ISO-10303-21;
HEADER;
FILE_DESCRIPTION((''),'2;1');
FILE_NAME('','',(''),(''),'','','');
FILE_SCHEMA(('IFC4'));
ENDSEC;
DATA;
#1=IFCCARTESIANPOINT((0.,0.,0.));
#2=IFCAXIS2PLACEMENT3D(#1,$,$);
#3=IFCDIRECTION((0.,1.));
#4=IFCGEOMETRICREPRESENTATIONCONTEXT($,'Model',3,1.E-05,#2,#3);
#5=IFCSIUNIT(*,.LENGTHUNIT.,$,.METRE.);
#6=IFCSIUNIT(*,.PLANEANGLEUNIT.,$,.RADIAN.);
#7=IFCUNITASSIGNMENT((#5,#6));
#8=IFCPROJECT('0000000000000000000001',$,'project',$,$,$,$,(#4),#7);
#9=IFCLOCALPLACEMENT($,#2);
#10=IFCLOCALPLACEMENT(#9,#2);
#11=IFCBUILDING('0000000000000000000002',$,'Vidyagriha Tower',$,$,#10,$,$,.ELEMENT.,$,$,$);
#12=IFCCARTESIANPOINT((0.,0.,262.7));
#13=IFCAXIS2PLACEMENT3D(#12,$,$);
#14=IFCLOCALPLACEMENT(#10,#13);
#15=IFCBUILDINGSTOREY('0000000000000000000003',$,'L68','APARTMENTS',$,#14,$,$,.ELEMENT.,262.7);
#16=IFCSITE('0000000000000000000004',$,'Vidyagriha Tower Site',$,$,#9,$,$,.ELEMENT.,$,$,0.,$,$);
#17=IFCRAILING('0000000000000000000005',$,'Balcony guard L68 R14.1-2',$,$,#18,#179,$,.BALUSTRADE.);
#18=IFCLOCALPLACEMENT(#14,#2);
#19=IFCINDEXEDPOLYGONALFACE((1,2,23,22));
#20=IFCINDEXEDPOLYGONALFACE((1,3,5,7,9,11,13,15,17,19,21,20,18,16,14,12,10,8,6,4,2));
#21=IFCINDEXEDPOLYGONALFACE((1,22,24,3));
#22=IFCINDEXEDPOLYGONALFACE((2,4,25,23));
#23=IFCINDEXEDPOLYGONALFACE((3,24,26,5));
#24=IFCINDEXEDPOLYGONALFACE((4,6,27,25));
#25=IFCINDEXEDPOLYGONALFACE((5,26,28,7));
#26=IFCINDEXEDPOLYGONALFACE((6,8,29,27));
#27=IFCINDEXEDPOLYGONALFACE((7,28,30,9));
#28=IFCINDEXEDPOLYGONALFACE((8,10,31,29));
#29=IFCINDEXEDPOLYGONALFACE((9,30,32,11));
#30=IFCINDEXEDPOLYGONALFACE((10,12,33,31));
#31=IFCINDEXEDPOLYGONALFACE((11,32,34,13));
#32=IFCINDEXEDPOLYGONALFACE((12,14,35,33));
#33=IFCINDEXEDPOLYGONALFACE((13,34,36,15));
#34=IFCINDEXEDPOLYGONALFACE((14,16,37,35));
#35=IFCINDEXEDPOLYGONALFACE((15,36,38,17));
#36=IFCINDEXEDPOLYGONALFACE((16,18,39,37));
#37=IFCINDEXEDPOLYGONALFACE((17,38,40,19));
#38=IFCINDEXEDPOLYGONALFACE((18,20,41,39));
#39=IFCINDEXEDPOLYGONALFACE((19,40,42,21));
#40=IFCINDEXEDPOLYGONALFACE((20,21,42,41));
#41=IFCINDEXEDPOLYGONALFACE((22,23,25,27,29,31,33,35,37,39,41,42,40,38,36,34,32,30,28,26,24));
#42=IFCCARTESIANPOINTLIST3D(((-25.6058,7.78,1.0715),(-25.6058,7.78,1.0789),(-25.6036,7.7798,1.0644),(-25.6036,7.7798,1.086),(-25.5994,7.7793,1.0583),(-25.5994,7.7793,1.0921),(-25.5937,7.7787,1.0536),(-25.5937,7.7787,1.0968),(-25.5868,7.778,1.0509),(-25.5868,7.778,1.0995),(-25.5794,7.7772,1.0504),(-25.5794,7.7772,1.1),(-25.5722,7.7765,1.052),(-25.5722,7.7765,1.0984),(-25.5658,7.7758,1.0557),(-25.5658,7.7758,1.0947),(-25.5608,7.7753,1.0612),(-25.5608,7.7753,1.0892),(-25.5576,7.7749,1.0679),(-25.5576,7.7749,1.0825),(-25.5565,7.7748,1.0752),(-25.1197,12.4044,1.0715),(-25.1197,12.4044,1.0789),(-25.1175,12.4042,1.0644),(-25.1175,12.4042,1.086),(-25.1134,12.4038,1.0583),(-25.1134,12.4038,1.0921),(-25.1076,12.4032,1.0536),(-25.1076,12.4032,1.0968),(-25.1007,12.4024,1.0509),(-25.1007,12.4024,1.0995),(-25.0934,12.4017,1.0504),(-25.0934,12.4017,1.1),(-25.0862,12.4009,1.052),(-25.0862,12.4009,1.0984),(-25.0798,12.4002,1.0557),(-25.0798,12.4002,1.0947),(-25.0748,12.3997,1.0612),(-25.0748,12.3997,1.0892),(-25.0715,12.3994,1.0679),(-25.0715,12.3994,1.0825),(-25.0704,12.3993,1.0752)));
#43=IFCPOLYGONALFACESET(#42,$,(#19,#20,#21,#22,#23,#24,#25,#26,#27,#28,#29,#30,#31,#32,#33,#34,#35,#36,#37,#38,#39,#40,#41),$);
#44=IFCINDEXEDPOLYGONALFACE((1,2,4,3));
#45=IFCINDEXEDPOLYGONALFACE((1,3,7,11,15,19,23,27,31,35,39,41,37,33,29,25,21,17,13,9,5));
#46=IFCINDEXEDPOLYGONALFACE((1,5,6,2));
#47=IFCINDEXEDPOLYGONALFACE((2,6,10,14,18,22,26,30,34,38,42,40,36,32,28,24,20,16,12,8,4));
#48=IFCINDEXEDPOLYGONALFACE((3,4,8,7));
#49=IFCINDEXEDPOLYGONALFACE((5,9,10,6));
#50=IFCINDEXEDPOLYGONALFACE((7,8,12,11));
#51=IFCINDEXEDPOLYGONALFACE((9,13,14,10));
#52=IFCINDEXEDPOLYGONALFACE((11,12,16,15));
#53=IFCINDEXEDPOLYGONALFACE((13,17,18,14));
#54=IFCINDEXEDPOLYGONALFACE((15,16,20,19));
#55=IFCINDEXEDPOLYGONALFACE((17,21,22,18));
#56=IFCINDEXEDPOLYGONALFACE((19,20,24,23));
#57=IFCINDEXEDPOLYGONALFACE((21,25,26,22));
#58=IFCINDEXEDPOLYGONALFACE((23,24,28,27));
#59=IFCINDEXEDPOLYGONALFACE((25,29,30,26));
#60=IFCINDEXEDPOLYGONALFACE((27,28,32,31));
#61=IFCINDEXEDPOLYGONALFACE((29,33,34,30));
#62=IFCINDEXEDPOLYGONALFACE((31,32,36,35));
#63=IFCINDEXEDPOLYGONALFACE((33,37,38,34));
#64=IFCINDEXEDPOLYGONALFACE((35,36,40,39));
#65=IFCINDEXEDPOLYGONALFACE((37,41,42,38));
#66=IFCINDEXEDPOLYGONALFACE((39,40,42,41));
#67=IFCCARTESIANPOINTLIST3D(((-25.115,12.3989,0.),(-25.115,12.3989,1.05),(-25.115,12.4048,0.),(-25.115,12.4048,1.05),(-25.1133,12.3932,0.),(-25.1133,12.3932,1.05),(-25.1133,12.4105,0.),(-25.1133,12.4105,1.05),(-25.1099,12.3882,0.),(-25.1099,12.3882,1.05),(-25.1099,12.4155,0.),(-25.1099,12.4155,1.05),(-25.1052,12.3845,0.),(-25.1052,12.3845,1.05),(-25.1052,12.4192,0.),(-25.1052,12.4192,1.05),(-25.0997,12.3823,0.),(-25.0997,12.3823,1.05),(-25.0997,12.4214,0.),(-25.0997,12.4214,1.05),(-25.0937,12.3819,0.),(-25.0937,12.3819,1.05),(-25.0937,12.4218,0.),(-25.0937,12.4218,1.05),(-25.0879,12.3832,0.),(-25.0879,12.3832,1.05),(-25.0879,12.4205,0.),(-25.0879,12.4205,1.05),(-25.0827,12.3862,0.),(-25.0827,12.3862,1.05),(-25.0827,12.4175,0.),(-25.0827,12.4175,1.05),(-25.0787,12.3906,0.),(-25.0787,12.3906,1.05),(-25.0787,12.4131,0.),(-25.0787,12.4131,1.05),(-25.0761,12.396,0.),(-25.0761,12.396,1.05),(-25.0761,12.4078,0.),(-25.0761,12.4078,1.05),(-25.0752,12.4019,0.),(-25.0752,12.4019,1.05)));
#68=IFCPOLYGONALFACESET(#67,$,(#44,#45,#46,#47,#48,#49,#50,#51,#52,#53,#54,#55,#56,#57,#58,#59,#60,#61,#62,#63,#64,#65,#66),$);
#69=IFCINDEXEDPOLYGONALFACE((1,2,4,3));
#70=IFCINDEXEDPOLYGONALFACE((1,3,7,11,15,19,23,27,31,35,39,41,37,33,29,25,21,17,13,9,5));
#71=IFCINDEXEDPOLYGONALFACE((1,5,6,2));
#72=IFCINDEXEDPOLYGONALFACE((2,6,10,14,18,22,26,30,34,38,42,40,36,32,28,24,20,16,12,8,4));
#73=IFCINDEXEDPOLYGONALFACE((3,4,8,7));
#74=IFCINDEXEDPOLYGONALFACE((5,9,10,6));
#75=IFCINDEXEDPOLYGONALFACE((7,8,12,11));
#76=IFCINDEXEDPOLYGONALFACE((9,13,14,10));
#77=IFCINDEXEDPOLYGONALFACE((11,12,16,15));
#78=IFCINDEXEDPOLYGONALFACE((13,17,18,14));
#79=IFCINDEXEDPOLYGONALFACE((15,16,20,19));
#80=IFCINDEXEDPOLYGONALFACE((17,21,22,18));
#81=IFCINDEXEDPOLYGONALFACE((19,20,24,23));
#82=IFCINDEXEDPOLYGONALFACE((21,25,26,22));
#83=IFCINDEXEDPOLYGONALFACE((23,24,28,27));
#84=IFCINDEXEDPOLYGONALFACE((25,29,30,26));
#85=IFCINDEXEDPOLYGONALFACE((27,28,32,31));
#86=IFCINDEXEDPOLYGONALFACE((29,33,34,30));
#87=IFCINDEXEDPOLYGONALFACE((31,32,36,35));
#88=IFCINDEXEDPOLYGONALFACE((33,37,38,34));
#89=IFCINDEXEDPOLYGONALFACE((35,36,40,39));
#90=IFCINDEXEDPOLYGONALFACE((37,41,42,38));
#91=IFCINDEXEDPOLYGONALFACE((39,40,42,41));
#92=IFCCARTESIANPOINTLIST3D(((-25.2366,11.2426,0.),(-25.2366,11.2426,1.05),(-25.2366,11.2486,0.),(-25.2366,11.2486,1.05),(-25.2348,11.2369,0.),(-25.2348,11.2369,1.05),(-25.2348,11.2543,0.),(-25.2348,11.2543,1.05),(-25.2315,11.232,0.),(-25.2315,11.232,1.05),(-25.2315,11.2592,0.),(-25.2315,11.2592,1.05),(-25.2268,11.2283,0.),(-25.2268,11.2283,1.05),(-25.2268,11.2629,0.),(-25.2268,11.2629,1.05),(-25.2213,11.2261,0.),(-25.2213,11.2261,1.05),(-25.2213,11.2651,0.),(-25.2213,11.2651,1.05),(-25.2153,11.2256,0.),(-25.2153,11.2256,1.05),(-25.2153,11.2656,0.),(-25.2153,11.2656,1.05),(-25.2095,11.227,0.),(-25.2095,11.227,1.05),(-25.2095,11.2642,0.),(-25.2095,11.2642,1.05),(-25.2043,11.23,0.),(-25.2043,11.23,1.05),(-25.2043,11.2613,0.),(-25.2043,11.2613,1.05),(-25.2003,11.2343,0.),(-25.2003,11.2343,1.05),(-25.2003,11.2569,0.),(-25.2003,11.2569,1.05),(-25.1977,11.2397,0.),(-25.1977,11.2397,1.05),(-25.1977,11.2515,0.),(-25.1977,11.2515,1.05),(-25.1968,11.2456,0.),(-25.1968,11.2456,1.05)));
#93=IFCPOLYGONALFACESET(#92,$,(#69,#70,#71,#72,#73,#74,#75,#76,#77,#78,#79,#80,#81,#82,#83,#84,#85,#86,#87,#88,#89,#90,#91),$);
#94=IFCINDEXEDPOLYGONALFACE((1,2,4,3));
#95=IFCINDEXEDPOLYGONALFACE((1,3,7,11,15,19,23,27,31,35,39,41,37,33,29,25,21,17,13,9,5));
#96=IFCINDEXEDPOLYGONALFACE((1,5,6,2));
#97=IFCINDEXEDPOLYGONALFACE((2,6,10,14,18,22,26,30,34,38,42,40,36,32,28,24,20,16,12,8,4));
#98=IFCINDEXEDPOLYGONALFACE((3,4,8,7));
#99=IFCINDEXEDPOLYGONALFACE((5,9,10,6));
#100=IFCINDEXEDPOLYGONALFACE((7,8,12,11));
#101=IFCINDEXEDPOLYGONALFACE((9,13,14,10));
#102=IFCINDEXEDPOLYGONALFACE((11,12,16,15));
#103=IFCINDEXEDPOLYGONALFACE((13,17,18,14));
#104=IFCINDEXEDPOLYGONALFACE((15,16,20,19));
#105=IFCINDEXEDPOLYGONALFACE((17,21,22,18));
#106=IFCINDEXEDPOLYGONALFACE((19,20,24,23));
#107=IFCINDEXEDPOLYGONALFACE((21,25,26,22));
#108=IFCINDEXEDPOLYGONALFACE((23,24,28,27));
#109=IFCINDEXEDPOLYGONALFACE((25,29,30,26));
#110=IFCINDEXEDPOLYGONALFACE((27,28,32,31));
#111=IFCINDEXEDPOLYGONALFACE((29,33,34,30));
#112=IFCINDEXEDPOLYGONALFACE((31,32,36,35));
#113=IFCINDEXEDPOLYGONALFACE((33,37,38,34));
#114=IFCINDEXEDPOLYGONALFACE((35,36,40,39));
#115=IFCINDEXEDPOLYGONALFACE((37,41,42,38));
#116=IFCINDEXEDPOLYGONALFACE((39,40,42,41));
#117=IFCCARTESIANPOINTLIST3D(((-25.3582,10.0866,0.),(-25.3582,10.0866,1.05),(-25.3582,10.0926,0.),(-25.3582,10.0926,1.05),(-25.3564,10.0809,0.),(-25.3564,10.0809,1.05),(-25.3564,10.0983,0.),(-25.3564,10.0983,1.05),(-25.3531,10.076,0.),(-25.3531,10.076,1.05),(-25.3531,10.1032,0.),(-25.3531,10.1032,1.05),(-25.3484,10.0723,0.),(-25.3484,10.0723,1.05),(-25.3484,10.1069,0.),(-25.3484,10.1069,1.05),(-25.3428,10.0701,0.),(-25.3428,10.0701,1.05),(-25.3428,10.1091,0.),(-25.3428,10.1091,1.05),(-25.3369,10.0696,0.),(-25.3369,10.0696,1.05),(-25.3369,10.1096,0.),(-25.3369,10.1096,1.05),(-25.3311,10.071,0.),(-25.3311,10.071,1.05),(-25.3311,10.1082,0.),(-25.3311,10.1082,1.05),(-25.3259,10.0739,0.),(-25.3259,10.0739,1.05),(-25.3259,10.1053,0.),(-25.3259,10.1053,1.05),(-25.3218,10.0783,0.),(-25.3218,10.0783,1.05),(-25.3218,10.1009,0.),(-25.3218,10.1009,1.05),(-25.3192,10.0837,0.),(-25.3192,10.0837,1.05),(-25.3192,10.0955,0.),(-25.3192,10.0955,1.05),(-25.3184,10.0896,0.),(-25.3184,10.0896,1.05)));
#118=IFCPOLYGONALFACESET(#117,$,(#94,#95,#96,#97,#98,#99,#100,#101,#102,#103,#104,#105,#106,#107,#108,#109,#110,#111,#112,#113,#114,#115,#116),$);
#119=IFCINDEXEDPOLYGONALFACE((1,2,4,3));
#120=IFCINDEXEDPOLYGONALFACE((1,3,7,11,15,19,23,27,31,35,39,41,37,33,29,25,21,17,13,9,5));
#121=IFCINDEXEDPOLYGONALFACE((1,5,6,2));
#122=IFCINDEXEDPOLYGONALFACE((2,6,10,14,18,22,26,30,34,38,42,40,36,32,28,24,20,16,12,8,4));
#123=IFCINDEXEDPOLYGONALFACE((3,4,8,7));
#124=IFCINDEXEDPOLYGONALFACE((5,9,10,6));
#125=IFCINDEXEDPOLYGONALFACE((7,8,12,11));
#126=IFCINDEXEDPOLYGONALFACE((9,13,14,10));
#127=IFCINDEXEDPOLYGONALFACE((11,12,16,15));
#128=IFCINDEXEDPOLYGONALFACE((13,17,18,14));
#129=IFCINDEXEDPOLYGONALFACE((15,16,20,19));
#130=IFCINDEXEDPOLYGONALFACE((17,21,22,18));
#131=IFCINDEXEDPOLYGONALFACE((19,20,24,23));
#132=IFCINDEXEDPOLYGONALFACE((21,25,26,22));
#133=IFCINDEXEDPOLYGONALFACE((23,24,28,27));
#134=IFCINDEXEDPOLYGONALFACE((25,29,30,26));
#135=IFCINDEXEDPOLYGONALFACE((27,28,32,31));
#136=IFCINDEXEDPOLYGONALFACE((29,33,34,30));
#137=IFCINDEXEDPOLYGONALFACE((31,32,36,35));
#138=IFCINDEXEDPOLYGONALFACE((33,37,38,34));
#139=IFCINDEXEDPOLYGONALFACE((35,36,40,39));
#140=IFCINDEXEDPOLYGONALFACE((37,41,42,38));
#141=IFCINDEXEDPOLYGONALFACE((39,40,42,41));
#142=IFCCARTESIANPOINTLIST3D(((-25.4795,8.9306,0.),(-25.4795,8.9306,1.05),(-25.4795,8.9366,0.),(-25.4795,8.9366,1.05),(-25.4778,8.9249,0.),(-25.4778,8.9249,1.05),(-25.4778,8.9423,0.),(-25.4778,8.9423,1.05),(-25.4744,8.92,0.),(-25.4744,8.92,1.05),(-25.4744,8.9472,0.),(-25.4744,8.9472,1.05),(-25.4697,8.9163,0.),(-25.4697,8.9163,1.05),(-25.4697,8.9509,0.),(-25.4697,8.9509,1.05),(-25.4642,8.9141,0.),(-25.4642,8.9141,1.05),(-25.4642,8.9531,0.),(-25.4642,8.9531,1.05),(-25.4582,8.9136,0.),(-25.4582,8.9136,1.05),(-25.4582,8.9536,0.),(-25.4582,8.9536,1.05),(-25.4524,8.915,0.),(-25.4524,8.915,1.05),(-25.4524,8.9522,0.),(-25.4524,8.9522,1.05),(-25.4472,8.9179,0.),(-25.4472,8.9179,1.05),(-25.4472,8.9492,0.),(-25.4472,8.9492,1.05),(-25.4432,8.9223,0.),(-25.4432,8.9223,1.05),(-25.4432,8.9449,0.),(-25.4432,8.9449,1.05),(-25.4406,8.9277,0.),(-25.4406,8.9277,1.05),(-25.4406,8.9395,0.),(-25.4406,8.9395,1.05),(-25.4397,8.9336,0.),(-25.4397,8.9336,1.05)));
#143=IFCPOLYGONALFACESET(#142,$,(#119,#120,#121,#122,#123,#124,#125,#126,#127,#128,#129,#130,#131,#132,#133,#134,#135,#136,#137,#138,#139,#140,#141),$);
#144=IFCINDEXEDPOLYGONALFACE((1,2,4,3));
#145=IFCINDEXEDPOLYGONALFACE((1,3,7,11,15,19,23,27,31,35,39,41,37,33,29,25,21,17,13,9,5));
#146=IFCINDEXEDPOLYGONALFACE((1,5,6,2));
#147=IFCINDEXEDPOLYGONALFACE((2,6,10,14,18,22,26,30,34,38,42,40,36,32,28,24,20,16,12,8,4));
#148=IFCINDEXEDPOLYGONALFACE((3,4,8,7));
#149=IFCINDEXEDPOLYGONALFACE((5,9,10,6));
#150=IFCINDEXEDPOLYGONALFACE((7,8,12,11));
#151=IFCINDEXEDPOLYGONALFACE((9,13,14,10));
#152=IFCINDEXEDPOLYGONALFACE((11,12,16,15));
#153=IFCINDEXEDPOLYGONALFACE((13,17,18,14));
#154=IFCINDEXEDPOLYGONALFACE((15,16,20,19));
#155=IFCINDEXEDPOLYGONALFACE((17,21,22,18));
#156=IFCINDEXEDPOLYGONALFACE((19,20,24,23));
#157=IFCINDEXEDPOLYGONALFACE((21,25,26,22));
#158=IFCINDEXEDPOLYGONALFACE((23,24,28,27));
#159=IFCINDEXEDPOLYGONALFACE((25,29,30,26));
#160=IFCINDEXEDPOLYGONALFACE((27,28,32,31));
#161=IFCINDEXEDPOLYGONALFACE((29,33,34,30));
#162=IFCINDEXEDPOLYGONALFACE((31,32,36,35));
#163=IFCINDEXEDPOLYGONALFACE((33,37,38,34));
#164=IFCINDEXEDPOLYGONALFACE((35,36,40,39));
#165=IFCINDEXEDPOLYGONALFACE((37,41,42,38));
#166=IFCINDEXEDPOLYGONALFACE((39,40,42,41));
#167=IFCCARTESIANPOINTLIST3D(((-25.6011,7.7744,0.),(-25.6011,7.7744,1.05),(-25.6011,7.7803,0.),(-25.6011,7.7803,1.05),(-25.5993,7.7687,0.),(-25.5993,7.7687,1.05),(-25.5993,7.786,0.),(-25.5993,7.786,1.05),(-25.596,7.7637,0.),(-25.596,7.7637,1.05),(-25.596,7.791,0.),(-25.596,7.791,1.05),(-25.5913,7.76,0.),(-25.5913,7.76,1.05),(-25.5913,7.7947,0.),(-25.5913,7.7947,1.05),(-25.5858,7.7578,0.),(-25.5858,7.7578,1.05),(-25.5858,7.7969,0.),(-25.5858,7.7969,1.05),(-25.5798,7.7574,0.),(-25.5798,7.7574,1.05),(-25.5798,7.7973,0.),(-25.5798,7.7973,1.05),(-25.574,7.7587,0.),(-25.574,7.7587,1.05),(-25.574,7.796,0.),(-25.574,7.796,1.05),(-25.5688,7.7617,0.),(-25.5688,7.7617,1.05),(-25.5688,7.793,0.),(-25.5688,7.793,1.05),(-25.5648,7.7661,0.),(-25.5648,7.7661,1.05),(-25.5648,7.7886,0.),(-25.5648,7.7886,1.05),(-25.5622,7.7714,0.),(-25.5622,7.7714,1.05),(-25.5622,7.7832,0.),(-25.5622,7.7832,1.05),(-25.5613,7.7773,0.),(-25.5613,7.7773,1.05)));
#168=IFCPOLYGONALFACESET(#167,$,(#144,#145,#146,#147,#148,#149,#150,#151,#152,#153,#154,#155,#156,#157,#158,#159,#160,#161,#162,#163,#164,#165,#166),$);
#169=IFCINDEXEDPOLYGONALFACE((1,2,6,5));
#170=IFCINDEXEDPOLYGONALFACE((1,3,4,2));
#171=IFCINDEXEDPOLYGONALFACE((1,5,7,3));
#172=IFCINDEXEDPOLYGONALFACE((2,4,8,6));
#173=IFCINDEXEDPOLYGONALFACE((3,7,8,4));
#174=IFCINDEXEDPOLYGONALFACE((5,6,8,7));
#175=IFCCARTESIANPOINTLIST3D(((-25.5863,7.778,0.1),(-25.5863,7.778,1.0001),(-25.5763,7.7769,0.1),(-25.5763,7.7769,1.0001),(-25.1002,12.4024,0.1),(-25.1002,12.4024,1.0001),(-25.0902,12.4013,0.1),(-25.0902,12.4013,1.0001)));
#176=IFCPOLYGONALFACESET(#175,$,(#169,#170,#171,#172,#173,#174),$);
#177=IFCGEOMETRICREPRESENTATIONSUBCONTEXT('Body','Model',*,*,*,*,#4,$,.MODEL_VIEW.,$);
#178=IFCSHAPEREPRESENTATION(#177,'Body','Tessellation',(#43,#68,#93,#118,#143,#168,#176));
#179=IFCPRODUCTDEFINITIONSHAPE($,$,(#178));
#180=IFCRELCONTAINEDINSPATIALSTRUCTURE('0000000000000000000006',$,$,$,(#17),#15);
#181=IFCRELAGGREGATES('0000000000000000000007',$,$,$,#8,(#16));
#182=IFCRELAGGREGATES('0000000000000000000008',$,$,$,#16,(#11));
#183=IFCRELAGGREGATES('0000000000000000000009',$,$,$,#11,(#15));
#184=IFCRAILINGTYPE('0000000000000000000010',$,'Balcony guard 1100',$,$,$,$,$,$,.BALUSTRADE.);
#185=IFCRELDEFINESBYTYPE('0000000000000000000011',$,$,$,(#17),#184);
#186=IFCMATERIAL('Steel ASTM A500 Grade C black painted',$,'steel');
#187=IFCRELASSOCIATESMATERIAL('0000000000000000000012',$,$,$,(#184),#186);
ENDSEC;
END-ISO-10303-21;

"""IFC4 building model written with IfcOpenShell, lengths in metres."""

from ifc_helpers import new_model, si_unit, direction, frame, origin, origin_2d, place, context, subcontext, project, spatial, rectangle, circle, extrude, material, type_object, element, save


model = new_model("IFC4")

# Units and contexts
model_context = context("Model", 3, precision=1e-05, world=origin(), true_north=direction((0.0, 1.0)))
body_context = subcontext(model_context, "Body", "Model", "MODEL_VIEW")
ifc_project = project(units=[si_unit("LENGTHUNIT", "METRE"), si_unit("PLANEANGLEUNIT", "RADIAN")], contexts=[model_context])

# Site, building, storey
site_placement = place(None, origin())
site = spatial("IfcSite", under=ifc_project, at=site_placement, Name="Vidyagriha Tower Site", CompositionType="ELEMENT", RefElevation=0.0)
building_placement = place(site_placement, origin())
building = spatial("IfcBuilding", under=site, at=building_placement, Name="Vidyagriha Tower", CompositionType="ELEMENT")
storey_placement = place(building_placement, frame((0.0, 0.0, 262.7)))
storey = spatial("IfcBuildingStorey", under=building, at=storey_placement, Name="L68", Description="APARTMENTS", CompositionType="ELEMENT", Elevation=262.7)

# Railing
ifc_material_1 = material(Name="Steel ASTM A500 Grade C black painted", Category="steel")
railing_type_1 = type_object("IfcRailingType", Name="Balcony guard 1100", PredefinedType="BALUSTRADE", material=ifc_material_1)
railing_1_placement = place(storey_placement, frame((-25.0952, 12.4019, 0.0)))
element("IfcRailing", 1, at=railing_1_placement, inside=storey, type_object=railing_type_1, Name="Balcony guard L68 R14.1-2", PredefinedType="BALUSTRADE", context=body_context, shape_type="SweptSolid", body=[
    extrude(circle(Radius=0.0249, at=origin_2d()), frame((0.0, 0.0, 1.0752), z_axis=(-0.104534, -0.994521, 0.0), x_axis=(0.994521, -0.104534, 0.0)), (0.0, 0.0, 1.0), 4.6499),
    extrude(circle(Radius=0.02, at=origin_2d()), origin(), (0.0, 0.0, 1.0), 1.05),
    extrude(circle(Radius=0.02, at=origin_2d()), frame((-0.1216, -1.1562, 0.0)), (0.0, 0.0, 1.0), 1.05),
    extrude(circle(Radius=0.02, at=origin_2d()), frame((-0.2432, -2.3123, 0.0)), (0.0, 0.0, 1.0), 1.05),
    extrude(circle(Radius=0.02, at=origin_2d()), frame((-0.3645, -3.4683, 0.0)), (0.0, 0.0, 1.0), 1.05),
    extrude(circle(Radius=0.02, at=origin_2d()), frame((-0.4861, -4.6245, 0.0)), (0.0, 0.0, 1.0), 1.05),
    extrude(rectangle(XDim=0.01, YDim=0.9001, at=origin_2d()), frame((0.0, 0.0, 0.55), z_axis=(-0.104534, -0.994521, 0.0), x_axis=(0.994521, -0.104534, 0.0)), (0.0, 0.0, 1.0), 4.6499),
])

save(model, "model.ifc")
